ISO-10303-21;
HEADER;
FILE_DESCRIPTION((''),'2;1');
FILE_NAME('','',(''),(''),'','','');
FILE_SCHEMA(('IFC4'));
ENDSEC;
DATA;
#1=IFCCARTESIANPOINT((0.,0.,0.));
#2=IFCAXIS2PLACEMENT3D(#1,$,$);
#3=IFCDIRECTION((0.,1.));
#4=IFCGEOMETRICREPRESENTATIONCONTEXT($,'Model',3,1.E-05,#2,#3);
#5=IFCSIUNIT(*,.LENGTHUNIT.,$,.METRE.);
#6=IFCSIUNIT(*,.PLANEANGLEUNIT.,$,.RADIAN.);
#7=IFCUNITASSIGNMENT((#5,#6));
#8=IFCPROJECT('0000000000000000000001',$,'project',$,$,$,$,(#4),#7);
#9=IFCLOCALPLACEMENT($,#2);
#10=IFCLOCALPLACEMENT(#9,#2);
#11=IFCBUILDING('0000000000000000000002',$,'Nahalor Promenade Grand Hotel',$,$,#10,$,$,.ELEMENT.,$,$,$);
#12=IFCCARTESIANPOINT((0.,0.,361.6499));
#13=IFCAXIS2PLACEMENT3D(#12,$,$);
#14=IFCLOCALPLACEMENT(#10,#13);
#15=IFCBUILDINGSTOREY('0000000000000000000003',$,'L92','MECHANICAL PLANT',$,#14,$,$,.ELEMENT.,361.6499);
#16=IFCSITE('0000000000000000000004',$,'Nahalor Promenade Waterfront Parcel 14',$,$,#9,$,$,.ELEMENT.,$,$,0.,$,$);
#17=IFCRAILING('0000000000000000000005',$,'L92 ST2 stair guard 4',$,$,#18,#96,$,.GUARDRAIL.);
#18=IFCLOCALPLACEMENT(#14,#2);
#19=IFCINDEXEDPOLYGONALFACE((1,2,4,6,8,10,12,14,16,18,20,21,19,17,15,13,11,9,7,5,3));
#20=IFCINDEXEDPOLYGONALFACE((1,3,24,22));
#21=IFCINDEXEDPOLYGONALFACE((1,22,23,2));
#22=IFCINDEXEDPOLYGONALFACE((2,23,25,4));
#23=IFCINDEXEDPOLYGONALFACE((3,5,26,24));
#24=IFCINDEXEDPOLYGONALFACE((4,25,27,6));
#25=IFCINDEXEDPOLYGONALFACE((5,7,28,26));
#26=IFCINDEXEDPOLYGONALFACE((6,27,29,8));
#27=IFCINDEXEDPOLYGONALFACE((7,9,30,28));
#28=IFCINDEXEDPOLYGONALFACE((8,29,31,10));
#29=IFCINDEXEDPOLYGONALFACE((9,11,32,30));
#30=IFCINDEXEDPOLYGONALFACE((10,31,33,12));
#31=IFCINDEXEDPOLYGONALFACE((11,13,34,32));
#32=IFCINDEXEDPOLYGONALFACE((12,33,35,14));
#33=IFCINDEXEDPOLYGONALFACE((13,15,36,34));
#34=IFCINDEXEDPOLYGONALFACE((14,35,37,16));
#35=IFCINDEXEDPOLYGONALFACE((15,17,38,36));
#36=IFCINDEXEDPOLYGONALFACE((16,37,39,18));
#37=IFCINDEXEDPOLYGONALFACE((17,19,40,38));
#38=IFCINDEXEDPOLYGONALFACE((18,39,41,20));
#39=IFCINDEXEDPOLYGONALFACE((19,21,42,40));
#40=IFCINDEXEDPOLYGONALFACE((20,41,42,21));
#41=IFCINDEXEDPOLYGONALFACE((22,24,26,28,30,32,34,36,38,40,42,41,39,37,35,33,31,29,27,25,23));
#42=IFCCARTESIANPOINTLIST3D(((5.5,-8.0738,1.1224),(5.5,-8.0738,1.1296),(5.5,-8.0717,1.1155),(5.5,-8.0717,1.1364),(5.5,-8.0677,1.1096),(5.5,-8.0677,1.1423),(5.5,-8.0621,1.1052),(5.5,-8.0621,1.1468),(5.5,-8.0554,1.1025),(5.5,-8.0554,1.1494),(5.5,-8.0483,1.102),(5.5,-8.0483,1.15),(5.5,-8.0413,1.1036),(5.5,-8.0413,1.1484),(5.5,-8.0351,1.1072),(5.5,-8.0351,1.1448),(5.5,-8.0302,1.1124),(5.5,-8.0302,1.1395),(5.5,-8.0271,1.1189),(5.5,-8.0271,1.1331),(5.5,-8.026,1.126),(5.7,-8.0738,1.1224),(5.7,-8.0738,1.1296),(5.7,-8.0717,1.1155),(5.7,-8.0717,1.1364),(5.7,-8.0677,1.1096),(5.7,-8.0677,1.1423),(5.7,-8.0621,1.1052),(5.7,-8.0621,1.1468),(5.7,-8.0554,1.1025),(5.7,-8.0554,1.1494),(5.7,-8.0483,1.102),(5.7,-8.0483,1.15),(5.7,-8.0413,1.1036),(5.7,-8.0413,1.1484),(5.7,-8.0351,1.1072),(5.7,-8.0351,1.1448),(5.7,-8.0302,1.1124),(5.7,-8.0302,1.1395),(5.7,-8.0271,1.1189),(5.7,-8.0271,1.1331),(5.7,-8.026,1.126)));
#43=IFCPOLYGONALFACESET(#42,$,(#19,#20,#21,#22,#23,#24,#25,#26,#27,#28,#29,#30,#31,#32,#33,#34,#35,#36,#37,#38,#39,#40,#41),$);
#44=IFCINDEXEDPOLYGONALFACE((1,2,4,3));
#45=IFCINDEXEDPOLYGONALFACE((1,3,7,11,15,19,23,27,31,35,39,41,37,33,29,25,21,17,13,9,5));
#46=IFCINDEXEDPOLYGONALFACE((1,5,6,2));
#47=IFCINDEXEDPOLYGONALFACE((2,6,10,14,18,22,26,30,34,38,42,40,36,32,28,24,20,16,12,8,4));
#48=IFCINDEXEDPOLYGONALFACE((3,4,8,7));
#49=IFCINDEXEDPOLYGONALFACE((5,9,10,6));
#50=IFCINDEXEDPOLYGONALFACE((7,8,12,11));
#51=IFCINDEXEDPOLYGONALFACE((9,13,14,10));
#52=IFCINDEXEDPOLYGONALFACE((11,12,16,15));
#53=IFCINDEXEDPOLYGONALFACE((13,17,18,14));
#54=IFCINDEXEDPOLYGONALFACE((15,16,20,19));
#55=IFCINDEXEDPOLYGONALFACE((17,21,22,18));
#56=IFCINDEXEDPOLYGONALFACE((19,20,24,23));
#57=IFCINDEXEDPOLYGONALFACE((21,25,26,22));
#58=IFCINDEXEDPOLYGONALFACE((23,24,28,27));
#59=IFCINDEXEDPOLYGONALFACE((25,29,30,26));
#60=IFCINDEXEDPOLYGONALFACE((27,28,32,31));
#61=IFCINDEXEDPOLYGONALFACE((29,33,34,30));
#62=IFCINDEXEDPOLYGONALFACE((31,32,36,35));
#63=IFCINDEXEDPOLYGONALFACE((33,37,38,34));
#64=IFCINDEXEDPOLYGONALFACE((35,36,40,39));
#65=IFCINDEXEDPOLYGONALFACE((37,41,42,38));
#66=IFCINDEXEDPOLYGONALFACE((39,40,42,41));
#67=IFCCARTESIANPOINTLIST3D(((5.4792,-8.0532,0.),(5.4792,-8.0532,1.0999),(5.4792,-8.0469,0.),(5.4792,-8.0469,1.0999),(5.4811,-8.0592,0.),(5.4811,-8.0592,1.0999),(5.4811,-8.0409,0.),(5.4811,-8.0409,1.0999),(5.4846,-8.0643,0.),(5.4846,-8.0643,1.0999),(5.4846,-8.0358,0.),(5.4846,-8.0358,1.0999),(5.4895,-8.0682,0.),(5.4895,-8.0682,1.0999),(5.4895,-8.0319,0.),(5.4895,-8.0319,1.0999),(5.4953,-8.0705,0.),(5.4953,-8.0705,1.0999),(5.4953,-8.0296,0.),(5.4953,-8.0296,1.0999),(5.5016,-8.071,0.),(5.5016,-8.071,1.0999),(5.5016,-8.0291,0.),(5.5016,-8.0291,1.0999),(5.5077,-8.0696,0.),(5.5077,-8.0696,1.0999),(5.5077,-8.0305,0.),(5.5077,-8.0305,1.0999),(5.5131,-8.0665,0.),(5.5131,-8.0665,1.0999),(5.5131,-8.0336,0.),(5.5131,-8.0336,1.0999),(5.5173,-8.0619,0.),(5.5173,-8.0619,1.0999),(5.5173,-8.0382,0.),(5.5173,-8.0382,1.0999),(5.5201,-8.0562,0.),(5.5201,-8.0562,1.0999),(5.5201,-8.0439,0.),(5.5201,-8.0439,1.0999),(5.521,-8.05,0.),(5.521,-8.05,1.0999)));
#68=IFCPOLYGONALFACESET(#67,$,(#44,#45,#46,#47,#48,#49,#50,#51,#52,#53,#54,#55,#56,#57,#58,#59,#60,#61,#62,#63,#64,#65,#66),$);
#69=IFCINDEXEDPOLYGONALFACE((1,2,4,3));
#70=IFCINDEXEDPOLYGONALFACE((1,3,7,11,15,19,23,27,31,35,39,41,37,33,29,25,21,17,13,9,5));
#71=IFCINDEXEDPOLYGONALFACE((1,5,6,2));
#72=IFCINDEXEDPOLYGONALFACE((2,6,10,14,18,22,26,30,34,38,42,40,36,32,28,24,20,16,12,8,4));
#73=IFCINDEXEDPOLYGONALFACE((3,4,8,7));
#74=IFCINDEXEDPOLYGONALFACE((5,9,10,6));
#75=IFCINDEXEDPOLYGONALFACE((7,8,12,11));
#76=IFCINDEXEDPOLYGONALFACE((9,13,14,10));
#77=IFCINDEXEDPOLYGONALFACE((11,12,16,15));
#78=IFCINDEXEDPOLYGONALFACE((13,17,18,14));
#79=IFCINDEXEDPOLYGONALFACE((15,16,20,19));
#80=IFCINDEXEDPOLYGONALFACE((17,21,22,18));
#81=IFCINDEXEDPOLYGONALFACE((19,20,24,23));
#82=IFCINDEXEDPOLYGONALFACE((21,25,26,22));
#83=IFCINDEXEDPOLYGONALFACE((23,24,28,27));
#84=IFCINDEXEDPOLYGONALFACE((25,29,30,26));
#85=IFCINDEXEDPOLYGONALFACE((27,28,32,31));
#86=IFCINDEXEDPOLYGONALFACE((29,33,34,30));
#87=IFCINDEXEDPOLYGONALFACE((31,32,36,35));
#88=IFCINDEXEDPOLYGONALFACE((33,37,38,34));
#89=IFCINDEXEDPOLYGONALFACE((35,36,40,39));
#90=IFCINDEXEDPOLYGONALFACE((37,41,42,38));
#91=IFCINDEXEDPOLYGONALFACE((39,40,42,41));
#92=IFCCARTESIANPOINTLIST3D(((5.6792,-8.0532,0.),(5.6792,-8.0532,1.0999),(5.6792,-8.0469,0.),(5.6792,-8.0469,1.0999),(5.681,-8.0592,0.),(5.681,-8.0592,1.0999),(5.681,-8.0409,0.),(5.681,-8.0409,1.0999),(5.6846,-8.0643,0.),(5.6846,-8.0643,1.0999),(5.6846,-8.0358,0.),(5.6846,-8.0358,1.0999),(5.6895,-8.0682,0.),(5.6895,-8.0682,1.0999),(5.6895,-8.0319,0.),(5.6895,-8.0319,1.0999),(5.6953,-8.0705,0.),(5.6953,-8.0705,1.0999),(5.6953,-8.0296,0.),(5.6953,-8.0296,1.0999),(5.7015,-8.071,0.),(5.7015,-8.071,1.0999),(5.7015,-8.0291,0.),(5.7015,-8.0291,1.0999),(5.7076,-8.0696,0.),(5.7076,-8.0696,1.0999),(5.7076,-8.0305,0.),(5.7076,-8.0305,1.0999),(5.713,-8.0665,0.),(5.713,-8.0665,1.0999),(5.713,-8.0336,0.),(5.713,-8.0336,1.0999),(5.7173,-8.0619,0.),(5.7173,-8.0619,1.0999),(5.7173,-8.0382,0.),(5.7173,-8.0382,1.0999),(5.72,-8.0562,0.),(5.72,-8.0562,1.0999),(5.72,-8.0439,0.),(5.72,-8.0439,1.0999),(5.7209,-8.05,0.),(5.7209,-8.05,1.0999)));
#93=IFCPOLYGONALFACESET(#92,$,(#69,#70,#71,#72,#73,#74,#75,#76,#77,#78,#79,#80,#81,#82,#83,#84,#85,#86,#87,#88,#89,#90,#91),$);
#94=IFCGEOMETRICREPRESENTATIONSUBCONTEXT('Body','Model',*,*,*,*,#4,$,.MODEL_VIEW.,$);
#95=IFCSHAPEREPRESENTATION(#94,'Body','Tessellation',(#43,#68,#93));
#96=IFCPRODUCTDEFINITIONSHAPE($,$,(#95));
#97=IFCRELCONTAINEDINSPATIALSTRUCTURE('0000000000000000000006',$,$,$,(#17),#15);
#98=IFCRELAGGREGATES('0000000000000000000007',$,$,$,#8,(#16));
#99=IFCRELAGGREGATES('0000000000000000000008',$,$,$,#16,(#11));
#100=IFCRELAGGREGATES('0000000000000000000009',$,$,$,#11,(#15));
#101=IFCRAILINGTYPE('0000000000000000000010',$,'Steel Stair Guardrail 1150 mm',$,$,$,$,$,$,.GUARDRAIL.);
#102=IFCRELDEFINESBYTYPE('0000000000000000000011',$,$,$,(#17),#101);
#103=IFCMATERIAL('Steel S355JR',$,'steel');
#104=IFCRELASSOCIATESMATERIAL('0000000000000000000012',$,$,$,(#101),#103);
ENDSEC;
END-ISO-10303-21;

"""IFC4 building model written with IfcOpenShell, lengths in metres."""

from ifc_helpers import new_model, si_unit, direction, frame, origin, origin_2d, place, context, subcontext, project, spatial, circle, extrude, material, type_object, element, save


model = new_model("IFC4")

# Units and contexts
model_context = context("Model", 3, precision=1e-05, world=origin(), true_north=direction((0.0, 1.0)))
body_context = subcontext(model_context, "Body", "Model", "MODEL_VIEW")
ifc_project = project(units=[si_unit("LENGTHUNIT", "METRE"), si_unit("PLANEANGLEUNIT", "RADIAN")], contexts=[model_context])

# Site, building, storey
site_placement = place(None, origin())
site = spatial("IfcSite", under=ifc_project, at=site_placement, Name="Nahalor Promenade Waterfront Parcel 14", CompositionType="ELEMENT", RefElevation=0.0)
building_placement = place(site_placement, origin())
building = spatial("IfcBuilding", under=site, at=building_placement, Name="Nahalor Promenade Grand Hotel", CompositionType="ELEMENT")
storey_placement = place(building_placement, frame((0.0, 0.0, 361.6499)))
storey = spatial("IfcBuildingStorey", under=building, at=storey_placement, Name="L92", Description="MECHANICAL PLANT", CompositionType="ELEMENT", Elevation=361.6499)

# Shared definitions
ifc_material_1 = material(Name="Steel S355JR", Category="steel")

# Railing
railing_type_1 = type_object("IfcRailingType", Name="Steel Stair Guardrail 1150 mm", PredefinedType="GUARDRAIL", material=ifc_material_1)
railing_1_placement = place(storey_placement, frame((5.5, -8.05, 0.0)))
element("IfcRailing", 1, at=railing_1_placement, inside=storey, type_object=railing_type_1, Name="L92 ST2 stair guard 4", PredefinedType="GUARDRAIL", context=body_context, shape_type="SweptSolid", body=[
    extrude(circle(Radius=0.024, at=origin_2d()), frame((0.0, 0.0, 1.126), z_axis=(1.0, 0.0, 0.0), x_axis=(0.0, 1.0, 0.0)), (0.0, 0.0, 1.0), 0.2),
    extrude(circle(Radius=0.021, at=origin_2d()), origin(), (0.0, 0.0, 1.0), 1.0999),
    extrude(circle(Radius=0.021, at=origin_2d()), frame((0.2, 0.0, 0.0)), (0.0, 0.0, 1.0), 1.0999),
])

save(model, "model.ifc")
